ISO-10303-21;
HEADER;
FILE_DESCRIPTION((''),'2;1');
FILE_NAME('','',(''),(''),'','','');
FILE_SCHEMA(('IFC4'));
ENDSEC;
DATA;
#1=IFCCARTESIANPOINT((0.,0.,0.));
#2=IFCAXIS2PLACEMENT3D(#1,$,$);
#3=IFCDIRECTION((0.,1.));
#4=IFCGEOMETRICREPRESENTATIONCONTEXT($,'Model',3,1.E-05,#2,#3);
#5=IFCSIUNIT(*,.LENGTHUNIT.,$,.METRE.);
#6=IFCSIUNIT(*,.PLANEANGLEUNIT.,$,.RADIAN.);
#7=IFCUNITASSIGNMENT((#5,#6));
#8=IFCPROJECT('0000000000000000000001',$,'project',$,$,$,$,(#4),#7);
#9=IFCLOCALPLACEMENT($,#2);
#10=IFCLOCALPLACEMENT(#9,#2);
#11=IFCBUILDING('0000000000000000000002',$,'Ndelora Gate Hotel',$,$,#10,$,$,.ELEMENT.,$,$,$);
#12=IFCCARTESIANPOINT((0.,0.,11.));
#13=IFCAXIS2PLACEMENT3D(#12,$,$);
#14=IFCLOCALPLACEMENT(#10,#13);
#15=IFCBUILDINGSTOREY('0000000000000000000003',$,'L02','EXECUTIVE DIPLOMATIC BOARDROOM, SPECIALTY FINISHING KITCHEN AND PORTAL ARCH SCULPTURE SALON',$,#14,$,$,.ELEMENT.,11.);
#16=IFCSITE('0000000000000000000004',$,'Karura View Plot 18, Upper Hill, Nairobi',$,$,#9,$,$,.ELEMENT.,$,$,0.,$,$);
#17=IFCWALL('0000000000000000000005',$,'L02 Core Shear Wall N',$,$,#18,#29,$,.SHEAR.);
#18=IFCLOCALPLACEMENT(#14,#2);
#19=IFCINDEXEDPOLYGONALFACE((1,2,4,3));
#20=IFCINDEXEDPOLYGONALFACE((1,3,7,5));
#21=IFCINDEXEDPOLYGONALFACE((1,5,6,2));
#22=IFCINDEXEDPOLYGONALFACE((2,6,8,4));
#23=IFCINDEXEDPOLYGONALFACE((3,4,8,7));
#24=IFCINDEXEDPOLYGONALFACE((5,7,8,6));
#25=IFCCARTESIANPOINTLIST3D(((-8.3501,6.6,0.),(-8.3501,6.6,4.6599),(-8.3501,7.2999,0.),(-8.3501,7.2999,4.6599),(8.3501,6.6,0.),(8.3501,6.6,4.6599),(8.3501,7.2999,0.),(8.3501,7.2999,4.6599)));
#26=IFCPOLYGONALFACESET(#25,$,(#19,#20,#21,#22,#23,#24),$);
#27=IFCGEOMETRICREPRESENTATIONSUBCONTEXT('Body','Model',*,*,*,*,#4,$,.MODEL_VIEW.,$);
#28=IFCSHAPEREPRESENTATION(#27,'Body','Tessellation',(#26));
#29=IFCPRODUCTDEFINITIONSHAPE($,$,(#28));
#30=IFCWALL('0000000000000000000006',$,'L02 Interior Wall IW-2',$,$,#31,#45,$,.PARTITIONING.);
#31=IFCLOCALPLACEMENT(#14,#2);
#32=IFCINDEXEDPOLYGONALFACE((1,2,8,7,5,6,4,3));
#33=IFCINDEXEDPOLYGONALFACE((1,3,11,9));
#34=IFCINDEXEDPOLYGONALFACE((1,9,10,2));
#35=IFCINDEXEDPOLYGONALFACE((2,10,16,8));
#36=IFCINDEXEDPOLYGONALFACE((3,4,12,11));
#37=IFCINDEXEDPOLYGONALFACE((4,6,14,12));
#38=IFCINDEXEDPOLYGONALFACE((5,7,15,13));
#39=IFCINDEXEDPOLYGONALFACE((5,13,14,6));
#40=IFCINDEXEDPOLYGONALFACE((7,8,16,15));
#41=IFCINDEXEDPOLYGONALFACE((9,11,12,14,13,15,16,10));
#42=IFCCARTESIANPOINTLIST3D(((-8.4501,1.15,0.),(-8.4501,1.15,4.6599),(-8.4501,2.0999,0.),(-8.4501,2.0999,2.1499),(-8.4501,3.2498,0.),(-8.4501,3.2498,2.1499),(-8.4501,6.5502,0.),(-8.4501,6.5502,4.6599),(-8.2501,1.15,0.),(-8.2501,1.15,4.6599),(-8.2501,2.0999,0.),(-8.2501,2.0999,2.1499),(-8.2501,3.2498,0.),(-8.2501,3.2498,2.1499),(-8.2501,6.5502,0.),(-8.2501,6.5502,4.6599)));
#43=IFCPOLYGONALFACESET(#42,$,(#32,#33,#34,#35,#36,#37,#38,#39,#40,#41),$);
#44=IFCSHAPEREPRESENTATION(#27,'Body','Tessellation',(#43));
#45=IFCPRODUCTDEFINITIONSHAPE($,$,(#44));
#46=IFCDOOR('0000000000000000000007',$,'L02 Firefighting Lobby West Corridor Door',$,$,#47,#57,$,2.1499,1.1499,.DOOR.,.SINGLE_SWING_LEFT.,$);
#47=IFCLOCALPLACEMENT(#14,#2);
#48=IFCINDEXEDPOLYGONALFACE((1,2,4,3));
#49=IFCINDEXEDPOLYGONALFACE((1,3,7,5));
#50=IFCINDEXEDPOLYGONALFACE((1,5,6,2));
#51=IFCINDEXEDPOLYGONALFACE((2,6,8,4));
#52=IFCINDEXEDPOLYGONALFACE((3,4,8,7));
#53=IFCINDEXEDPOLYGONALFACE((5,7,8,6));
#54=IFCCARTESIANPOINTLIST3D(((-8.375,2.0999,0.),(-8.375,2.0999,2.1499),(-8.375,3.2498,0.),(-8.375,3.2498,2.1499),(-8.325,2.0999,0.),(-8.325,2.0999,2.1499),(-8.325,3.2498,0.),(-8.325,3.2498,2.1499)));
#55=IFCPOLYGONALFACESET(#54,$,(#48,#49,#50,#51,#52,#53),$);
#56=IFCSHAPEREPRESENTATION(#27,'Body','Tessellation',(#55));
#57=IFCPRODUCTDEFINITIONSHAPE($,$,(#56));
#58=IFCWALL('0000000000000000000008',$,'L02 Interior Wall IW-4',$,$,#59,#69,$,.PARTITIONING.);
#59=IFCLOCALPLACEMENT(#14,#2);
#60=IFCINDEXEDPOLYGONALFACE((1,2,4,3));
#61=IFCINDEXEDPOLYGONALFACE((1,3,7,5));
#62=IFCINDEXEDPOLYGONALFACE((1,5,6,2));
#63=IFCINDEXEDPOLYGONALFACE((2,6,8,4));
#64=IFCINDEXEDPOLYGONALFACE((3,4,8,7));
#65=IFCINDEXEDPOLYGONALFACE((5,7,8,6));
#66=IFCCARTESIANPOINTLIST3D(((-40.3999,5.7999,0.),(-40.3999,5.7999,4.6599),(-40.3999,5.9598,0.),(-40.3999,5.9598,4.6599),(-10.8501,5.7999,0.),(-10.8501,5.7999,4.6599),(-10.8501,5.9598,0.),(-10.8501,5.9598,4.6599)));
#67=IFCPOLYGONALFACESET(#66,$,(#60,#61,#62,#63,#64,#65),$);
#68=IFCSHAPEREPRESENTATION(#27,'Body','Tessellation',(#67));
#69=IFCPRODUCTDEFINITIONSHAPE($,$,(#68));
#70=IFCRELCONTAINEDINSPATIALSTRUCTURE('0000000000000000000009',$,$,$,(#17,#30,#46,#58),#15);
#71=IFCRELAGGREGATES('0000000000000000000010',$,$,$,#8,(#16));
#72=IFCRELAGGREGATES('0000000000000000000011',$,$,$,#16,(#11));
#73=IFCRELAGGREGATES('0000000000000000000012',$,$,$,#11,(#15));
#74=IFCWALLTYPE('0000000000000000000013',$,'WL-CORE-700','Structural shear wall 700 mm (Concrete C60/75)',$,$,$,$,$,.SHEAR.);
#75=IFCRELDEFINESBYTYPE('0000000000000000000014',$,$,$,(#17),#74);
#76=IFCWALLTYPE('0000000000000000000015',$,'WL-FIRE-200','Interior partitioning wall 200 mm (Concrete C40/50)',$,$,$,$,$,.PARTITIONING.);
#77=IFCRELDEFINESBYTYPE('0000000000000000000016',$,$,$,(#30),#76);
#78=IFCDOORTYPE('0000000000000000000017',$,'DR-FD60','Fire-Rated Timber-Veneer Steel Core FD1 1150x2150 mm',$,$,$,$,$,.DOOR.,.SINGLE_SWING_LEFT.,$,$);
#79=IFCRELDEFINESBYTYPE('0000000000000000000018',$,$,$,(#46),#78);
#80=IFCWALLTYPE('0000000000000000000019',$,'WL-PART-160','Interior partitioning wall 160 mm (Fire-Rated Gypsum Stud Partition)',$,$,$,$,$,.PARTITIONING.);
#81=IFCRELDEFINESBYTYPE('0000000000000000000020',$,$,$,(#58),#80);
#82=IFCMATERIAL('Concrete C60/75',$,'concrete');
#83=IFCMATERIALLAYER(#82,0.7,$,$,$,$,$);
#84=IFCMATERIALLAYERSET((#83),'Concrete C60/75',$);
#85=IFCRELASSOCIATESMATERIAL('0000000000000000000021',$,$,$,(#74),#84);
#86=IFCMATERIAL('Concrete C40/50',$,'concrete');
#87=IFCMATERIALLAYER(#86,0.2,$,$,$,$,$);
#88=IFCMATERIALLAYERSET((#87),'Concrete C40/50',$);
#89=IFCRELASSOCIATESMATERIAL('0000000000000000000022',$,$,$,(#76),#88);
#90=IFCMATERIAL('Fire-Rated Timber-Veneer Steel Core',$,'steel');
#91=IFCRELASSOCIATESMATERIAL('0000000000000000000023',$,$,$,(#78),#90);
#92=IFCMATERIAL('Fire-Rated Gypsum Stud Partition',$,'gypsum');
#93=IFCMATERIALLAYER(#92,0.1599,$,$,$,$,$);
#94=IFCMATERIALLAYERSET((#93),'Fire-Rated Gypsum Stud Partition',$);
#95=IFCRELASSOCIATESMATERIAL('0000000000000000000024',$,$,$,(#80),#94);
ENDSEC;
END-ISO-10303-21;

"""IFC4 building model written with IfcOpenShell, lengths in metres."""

from ifc_helpers import new_model, si_unit, direction, frame, frame_2d, origin, place, context, subcontext, project, spatial, rectangle, extrude, material, layer, layer_set, type_object, element, fill, save


model = new_model("IFC4")

# Units and contexts
model_context = context("Model", 3, precision=1e-05, world=origin(), true_north=direction((0.0, 1.0)))
body_context = subcontext(model_context, "Body", "Model", "MODEL_VIEW")
ifc_project = project(units=[si_unit("LENGTHUNIT", "METRE"), si_unit("PLANEANGLEUNIT", "RADIAN")], contexts=[model_context])

# Site, building, storey
site_placement = place(None, origin())
site = spatial("IfcSite", under=ifc_project, at=site_placement, Name="Karura View Plot 18, Upper Hill, Nairobi", CompositionType="ELEMENT", RefElevation=0.0)
building_placement = place(site_placement, origin())
building = spatial("IfcBuilding", under=site, at=building_placement, Name="Ndelora Gate Hotel", CompositionType="ELEMENT")
storey_placement = place(building_placement, frame((0.0, 0.0, 11.0)))
storey = spatial("IfcBuildingStorey", under=building, at=storey_placement, Name="L02", Description="EXECUTIVE DIPLOMATIC BOARDROOM, SPECIALTY FINISHING KITCHEN AND PORTAL ARCH SCULPTURE SALON", CompositionType="ELEMENT", Elevation=11.0)

# Shared definitions
ifc_material_1 = material(Name="Concrete C60/75", Category="concrete")

# Wall
ifc_layer_1 = layer(ifc_material_1, 0.7)
ifc_layer_set_1 = layer_set([ifc_layer_1], Name="Concrete C60/75")
wall_type_1 = type_object("IfcWallType", Name="WL-CORE-700", Description="Structural shear wall 700 mm (Concrete C60/75)", PredefinedType="SHEAR", material=ifc_layer_set_1)
wall_1_placement = place(storey_placement, frame((-8.3501, 6.95, 0.0), z_axis=(0.0, 0.0, 1.0), x_axis=(1.0, 0.0, 0.0)))
element("IfcWall", 1, at=wall_1_placement, inside=storey, type_object=wall_type_1, Name="L02 Core Shear Wall N", PredefinedType="SHEAR", context=body_context, shape_type="SweptSolid", body=[
    extrude(rectangle(XDim=16.7002, YDim=0.7, at=frame_2d((8.3501, 0.0))), origin(), (0.0, 0.0, 1.0), 4.6599),
])

# Wall, opening, door
ifc_material_2 = material(Name="Concrete C40/50", Category="concrete")
ifc_layer_2 = layer(ifc_material_2, 0.2)
ifc_layer_set_2 = layer_set([ifc_layer_2], Name="Concrete C40/50")
wall_type_2 = type_object("IfcWallType", Name="WL-FIRE-200", Description="Interior partitioning wall 200 mm (Concrete C40/50)", PredefinedType="PARTITIONING", material=ifc_layer_set_2)
wall_2_placement = place(storey_placement, frame((-8.3501, 1.1499, 0.0), z_axis=(0.0, 0.0, 1.0), x_axis=(0.0, 1.0, 0.0)))
wall_2 = element("IfcWall", 2, at=wall_2_placement, inside=storey, type_object=wall_type_2, Name="L02 Interior Wall IW-2", PredefinedType="PARTITIONING", context=body_context, shape_type="SweptSolid", body=[
    extrude(rectangle(XDim=5.4001, YDim=0.2, at=frame_2d((2.7002, 0.0))), origin(), (0.0, 0.0, 1.0), 4.6599),
])
opening_placement = place(wall_2_placement, frame((0.95, 0.0, 0.0)))
opening = element("IfcOpeningElement", 3, at=opening_placement, cuts=wall_2, PredefinedType="OPENING", context=body_context, shape_type="SweptSolid", body=[
    extrude(rectangle(XDim=1.1499, YDim=2.1499, at=frame_2d((0.575, 1.075))), frame((0.0, 0.1099, 0.0), z_axis=(0.0, -1.0, 0.0), x_axis=(1.0, 0.0, 0.0)), (0.0, 0.0, 1.0), 0.22),
])
ifc_material_3 = material(Name="Fire-Rated Timber-Veneer Steel Core", Category="steel")
door_type = type_object("IfcDoorType", Name="DR-FD60", Description="Fire-Rated Timber-Veneer Steel Core FD1 1150x2150 mm", OperationType="SINGLE_SWING_LEFT", PredefinedType="DOOR", material=ifc_material_3)
door_placement = place(opening_placement, origin())
door = element("IfcDoor", 4, at=door_placement, inside=storey, type_object=door_type, Name="L02 Firefighting Lobby West Corridor Door", OperationType="SINGLE_SWING_LEFT", OverallHeight=2.1499, OverallWidth=1.1499, PredefinedType="DOOR", context=body_context, shape_type="SweptSolid", body=[
    extrude(rectangle(XDim=1.1499, YDim=2.1499, at=frame_2d((0.575, 1.075))), frame((0.0, 0.0249, 0.0), z_axis=(0.0, -1.0, 0.0), x_axis=(1.0, 0.0, 0.0)), (0.0, 0.0, 1.0), 0.05),
])
fill(opening, door)

# Wall
ifc_material_4 = material(Name="Fire-Rated Gypsum Stud Partition", Category="gypsum")
ifc_layer_3 = layer(ifc_material_4, 0.1599)
ifc_layer_set_3 = layer_set([ifc_layer_3], Name="Fire-Rated Gypsum Stud Partition")
wall_type_3 = type_object("IfcWallType", Name="WL-PART-160", Description="Interior partitioning wall 160 mm (Fire-Rated Gypsum Stud Partition)", PredefinedType="PARTITIONING", material=ifc_layer_set_3)
wall_3_placement = place(storey_placement, frame((-10.8501, 5.8799, 0.0), z_axis=(0.0, 0.0, 1.0), x_axis=(-1.0, 0.0, 0.0)))
element("IfcWall", 5, at=wall_3_placement, inside=storey, type_object=wall_type_3, Name="L02 Interior Wall IW-4", PredefinedType="PARTITIONING", context=body_context, shape_type="SweptSolid", body=[
    extrude(rectangle(XDim=29.5498, YDim=0.1599, at=frame_2d((14.7749, 0.0))), origin(), (0.0, 0.0, 1.0), 4.6599),
])

save(model, "model.ifc")
